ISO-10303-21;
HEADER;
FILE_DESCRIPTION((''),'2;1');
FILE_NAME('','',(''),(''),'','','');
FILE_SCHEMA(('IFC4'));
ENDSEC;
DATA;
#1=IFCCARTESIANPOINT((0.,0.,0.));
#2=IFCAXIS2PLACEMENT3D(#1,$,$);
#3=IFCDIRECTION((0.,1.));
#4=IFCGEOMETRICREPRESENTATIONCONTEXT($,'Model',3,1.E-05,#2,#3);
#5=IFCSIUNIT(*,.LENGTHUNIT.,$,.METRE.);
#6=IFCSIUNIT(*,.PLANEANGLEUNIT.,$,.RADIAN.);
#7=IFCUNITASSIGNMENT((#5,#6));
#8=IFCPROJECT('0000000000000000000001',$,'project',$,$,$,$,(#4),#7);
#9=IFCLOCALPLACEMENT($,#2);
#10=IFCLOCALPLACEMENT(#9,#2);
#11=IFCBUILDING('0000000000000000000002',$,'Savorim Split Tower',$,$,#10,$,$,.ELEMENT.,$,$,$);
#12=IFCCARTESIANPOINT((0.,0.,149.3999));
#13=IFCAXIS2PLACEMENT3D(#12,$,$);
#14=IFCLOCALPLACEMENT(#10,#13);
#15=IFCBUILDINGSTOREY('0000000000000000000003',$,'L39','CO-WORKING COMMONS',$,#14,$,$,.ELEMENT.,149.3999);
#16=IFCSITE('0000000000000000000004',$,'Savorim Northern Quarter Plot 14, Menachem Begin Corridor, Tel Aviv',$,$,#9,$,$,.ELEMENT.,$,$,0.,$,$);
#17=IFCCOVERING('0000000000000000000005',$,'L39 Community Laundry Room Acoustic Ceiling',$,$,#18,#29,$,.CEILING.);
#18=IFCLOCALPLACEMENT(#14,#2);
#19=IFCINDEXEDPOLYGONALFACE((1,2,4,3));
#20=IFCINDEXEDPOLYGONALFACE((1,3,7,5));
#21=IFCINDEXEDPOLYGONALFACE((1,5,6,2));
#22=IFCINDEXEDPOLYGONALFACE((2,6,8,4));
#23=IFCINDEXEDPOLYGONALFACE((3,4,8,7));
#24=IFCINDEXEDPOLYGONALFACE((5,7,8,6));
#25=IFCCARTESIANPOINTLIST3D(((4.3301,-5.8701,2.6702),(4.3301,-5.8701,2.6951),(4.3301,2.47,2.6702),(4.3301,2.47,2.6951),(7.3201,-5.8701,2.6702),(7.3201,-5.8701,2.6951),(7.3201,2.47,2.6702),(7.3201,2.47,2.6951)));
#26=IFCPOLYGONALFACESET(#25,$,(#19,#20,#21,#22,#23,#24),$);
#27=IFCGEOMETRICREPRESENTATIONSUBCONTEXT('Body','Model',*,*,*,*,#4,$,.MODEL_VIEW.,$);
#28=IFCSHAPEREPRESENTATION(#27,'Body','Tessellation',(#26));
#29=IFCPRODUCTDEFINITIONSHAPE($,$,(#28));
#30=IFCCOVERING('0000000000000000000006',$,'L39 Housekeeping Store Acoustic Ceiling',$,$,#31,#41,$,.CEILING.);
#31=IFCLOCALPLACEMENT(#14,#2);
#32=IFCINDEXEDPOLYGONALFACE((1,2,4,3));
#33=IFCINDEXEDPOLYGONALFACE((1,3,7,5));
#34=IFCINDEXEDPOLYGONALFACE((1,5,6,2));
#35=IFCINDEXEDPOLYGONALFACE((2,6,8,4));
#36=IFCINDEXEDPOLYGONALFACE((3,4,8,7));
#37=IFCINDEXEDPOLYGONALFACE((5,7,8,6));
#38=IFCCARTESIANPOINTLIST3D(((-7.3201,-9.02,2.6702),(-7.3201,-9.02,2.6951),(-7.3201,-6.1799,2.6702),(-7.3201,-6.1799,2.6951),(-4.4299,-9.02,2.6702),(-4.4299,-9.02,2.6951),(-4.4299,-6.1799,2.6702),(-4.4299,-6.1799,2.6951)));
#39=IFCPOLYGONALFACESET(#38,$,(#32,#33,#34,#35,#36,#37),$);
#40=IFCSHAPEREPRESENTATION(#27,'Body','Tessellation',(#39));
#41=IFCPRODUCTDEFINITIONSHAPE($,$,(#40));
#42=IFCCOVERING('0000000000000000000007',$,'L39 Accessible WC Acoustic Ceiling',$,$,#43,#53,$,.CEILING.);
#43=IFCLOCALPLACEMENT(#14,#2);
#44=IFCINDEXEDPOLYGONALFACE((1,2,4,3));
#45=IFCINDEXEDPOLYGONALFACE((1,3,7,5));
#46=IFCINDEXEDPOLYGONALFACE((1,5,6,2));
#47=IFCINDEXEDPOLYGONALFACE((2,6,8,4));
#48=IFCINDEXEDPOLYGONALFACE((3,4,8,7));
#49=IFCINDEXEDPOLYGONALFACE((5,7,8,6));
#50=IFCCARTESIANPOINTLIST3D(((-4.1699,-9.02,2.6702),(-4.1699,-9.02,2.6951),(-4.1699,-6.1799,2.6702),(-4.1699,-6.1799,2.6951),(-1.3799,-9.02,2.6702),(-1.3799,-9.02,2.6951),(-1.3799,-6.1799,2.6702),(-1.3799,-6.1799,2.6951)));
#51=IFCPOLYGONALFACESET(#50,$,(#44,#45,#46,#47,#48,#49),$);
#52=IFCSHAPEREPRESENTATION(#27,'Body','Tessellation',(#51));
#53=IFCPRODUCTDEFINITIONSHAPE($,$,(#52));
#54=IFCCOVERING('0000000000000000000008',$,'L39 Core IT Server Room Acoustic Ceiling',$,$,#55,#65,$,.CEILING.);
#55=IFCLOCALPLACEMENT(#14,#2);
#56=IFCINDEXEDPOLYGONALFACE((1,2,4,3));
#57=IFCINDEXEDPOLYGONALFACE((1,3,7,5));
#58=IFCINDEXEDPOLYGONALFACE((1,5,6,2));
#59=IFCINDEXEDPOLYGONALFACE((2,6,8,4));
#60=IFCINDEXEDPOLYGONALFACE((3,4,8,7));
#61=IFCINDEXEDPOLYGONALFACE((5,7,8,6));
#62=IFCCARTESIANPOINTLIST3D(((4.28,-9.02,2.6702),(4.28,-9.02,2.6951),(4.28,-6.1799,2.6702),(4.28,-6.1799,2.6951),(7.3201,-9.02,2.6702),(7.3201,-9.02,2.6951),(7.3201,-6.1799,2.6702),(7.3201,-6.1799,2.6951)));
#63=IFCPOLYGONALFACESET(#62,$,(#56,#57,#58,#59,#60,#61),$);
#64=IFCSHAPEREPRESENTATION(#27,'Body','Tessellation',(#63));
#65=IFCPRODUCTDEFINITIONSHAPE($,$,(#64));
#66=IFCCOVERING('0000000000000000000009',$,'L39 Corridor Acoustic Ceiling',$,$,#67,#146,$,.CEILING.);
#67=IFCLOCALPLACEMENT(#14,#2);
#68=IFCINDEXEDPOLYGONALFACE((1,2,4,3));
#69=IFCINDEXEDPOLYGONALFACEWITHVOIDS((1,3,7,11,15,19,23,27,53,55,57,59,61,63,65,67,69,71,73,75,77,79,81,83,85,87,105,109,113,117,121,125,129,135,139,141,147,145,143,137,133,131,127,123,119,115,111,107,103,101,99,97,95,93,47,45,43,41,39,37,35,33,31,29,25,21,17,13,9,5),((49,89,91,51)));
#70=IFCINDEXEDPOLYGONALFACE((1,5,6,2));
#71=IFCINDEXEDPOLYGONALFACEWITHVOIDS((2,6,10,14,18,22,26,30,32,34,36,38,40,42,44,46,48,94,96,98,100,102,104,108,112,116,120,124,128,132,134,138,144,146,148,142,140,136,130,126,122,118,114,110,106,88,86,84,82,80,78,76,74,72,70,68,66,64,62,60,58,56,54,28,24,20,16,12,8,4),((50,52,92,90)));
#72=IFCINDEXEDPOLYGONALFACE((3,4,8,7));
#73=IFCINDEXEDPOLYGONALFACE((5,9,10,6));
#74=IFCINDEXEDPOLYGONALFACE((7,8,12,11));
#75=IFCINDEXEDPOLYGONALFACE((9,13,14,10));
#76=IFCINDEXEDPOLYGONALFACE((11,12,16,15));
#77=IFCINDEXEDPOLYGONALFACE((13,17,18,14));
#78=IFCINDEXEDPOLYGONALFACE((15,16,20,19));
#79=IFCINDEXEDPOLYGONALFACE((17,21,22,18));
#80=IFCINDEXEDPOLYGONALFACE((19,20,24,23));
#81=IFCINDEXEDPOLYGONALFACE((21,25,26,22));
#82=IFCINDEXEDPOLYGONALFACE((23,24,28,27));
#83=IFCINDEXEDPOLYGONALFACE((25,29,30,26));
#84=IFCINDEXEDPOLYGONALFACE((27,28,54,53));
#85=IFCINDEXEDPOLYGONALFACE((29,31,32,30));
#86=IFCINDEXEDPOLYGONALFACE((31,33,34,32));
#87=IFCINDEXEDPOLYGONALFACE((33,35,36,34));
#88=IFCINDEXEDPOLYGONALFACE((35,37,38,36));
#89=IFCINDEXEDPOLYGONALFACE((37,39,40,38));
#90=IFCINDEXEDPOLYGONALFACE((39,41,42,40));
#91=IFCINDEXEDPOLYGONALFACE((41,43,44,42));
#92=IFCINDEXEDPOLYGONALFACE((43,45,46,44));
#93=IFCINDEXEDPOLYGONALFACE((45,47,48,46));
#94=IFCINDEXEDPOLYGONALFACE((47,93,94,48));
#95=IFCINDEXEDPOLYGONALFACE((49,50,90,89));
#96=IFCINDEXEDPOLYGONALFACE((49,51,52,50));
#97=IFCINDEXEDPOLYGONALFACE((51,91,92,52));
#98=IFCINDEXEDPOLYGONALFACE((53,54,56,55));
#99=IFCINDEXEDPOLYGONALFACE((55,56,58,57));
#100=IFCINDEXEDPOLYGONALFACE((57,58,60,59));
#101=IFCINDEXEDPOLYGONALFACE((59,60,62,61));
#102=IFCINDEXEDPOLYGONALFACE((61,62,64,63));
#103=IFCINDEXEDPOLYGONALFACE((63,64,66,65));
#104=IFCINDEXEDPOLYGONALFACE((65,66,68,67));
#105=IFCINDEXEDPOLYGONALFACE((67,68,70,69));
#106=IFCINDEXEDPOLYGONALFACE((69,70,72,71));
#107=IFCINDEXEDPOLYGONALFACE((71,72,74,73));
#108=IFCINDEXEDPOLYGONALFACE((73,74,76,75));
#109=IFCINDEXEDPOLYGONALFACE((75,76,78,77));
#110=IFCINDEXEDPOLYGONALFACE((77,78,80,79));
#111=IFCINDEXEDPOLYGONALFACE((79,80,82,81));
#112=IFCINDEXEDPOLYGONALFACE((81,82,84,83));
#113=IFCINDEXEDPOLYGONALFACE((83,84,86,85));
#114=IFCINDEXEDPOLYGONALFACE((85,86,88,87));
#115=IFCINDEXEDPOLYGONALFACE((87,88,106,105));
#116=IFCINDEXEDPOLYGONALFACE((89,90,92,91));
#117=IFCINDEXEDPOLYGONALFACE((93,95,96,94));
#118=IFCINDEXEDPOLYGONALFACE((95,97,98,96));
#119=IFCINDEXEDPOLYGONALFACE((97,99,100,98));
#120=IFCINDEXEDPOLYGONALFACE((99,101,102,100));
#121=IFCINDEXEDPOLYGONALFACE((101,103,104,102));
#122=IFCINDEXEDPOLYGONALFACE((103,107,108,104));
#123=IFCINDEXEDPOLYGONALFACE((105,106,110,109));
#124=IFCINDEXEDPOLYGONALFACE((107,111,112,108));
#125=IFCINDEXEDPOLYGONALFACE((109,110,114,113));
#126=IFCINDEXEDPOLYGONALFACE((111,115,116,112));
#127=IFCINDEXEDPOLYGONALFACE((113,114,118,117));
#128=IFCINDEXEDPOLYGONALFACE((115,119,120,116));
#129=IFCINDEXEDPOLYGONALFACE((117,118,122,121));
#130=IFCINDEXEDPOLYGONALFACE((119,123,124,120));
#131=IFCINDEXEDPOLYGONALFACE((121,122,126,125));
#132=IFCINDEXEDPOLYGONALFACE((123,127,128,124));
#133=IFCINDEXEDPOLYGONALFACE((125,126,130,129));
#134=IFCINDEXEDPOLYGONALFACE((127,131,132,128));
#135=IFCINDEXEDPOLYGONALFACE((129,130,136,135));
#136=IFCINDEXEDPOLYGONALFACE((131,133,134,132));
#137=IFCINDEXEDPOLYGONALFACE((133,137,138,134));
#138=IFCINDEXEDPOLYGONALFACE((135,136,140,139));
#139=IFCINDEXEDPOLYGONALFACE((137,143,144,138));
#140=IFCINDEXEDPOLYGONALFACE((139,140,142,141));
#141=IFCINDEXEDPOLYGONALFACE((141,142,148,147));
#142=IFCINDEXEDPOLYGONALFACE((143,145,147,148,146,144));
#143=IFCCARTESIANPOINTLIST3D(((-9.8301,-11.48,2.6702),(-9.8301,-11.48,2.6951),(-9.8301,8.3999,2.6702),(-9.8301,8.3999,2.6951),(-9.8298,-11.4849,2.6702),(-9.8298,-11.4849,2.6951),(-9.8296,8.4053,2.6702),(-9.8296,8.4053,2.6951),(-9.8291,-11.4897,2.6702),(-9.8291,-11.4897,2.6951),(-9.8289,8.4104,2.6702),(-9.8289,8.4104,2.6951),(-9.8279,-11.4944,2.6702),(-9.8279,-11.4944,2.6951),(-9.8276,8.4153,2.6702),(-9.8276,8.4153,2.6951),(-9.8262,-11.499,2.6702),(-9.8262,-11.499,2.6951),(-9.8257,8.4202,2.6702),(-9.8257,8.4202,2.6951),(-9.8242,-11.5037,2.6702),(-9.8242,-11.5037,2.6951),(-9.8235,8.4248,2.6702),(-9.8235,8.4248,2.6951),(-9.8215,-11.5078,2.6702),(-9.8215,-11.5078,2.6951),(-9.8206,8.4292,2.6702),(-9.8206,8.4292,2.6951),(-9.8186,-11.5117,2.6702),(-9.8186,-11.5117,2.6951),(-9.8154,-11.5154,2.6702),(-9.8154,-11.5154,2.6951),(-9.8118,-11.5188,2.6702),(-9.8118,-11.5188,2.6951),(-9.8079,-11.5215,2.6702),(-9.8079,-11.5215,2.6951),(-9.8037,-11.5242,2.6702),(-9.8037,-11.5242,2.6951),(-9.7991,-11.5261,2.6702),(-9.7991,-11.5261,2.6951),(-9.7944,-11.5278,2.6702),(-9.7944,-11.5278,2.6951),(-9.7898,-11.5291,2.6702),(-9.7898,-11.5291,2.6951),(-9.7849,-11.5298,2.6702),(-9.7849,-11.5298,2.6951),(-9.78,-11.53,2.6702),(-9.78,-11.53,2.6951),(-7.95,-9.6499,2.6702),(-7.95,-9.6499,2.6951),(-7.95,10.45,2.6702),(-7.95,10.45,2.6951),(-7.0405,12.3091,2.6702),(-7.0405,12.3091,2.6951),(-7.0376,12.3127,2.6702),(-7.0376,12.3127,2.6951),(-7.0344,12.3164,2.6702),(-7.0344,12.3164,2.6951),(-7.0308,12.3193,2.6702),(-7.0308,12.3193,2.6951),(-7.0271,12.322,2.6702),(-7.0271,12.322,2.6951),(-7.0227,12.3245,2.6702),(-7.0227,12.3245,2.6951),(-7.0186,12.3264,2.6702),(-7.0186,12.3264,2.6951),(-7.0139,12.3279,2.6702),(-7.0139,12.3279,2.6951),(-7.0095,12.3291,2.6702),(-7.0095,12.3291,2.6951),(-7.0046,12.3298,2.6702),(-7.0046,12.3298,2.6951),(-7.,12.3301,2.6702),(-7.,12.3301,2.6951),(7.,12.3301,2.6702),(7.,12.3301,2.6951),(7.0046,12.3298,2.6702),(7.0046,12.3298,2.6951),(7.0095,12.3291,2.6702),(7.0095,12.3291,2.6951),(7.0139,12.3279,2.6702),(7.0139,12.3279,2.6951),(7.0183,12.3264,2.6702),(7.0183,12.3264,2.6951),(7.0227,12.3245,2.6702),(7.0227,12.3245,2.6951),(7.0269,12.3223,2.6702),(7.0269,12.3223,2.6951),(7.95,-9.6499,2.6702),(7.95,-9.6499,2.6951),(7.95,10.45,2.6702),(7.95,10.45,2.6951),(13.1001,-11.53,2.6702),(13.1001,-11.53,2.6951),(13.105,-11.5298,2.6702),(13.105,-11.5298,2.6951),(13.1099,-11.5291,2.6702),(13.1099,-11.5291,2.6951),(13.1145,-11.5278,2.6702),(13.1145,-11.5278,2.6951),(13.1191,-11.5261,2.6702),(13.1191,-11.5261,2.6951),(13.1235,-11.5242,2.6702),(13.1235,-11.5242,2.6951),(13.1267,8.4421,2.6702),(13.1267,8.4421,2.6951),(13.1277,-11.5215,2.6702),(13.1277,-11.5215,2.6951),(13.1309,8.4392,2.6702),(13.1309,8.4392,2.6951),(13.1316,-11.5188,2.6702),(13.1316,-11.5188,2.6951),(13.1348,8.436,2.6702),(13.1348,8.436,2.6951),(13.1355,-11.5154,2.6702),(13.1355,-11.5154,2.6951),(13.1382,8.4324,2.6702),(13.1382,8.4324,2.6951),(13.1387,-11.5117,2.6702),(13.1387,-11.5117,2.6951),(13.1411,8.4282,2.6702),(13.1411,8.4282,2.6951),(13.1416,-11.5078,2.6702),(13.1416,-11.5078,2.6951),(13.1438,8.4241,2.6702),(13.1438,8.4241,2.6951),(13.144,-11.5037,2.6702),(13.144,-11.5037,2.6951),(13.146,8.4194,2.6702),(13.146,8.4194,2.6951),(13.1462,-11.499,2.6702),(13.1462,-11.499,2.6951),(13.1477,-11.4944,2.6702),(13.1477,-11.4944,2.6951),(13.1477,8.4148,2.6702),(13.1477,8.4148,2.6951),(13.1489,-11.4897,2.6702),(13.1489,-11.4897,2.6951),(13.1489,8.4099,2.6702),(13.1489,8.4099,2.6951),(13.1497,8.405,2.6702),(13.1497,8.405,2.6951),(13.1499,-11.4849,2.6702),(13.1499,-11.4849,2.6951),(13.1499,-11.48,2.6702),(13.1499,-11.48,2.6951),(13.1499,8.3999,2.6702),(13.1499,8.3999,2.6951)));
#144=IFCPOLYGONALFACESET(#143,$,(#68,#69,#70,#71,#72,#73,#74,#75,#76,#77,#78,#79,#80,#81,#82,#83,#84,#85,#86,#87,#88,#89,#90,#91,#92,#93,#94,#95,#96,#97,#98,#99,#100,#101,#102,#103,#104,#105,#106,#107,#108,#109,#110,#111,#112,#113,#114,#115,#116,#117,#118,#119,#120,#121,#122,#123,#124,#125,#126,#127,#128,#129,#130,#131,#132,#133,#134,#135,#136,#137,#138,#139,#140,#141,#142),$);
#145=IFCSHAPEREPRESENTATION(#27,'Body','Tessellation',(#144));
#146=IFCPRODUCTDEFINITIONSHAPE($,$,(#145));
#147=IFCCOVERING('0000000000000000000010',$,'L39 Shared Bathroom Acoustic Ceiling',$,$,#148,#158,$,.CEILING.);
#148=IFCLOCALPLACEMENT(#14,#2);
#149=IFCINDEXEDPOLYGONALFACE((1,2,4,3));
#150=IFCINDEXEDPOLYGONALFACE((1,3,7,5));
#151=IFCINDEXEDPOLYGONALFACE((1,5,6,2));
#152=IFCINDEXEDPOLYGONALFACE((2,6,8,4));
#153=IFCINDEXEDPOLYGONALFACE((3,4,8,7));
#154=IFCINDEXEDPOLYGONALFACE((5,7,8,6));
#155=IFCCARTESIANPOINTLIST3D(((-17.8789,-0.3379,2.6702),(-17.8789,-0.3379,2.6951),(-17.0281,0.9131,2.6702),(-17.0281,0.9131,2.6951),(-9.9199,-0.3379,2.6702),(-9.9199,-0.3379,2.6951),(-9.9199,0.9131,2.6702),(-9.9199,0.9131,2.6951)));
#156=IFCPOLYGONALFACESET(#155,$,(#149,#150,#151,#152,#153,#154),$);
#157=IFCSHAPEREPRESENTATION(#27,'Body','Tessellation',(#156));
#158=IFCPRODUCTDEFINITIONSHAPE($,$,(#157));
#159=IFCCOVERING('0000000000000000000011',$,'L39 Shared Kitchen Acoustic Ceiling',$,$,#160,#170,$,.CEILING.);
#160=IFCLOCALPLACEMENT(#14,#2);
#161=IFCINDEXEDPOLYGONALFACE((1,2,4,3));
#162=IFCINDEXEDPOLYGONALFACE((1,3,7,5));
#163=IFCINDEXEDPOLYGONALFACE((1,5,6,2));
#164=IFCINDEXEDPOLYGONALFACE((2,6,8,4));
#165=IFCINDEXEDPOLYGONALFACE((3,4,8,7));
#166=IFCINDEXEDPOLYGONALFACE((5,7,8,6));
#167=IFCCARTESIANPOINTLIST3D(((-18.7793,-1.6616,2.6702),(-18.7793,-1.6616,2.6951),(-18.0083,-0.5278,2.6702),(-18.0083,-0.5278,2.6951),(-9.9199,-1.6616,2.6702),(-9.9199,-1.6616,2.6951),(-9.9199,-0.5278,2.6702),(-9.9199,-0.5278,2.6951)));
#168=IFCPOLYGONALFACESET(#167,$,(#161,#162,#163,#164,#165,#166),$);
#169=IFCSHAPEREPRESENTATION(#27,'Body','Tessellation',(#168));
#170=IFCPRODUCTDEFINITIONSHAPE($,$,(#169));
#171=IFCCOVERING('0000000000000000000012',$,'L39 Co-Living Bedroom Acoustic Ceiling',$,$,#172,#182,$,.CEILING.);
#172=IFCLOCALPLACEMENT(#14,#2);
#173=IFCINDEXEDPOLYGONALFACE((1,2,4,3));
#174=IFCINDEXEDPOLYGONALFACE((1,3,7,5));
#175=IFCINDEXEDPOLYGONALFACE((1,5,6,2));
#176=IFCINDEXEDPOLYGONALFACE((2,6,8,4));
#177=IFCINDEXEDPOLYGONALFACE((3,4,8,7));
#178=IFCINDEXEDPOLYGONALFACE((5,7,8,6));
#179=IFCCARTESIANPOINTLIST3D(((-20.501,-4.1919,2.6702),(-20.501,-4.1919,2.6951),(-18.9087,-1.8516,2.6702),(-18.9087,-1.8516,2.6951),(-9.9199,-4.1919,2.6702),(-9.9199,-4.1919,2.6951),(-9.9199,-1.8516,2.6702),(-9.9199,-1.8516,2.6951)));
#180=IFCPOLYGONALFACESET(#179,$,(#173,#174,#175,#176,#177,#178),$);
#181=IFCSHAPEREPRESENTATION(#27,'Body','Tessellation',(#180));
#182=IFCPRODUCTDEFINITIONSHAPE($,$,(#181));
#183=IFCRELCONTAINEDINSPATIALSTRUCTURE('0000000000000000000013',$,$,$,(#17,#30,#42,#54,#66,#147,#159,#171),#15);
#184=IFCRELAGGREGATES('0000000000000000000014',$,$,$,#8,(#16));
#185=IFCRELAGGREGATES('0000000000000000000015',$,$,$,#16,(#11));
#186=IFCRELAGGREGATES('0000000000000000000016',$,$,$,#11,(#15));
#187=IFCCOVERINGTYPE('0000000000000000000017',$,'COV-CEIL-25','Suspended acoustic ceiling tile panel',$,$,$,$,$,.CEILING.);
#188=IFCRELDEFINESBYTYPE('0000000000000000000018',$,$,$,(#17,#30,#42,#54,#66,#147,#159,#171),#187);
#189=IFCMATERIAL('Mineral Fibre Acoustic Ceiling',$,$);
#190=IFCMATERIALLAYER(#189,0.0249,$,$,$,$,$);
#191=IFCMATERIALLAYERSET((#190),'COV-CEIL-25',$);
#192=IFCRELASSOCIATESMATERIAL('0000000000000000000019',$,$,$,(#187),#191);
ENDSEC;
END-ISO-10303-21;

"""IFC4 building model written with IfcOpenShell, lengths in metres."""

from ifc_helpers import new_model, si_unit, direction, frame, origin, place, context, subcontext, project, spatial, polyline, outline, extrude, material, layer, layer_set, type_object, element, save


model = new_model("IFC4")

# Units and contexts
model_context = context("Model", 3, precision=1e-05, world=origin(), true_north=direction((0.0, 1.0)))
body_context = subcontext(model_context, "Body", "Model", "MODEL_VIEW")
ifc_project = project(units=[si_unit("LENGTHUNIT", "METRE"), si_unit("PLANEANGLEUNIT", "RADIAN")], contexts=[model_context])

# Site, building, storey
site_placement = place(None, origin())
site = spatial("IfcSite", under=ifc_project, at=site_placement, Name="Savorim Northern Quarter Plot 14, Menachem Begin Corridor, Tel Aviv", CompositionType="ELEMENT", RefElevation=0.0)
building_placement = place(site_placement, origin())
building = spatial("IfcBuilding", under=site, at=building_placement, Name="Savorim Split Tower", CompositionType="ELEMENT")
storey_placement = place(building_placement, frame((0.0, 0.0, 149.3999)))
storey = spatial("IfcBuildingStorey", under=building, at=storey_placement, Name="L39", Description="CO-WORKING COMMONS", CompositionType="ELEMENT", Elevation=149.3999)

# Coverings
ifc_material_1 = material(Name="Mineral Fibre Acoustic Ceiling")
ifc_layer_1 = layer(ifc_material_1, 0.0249)
ifc_layer_set_1 = layer_set([ifc_layer_1], Name="COV-CEIL-25")
covering_type_1 = type_object("IfcCoveringType", Name="COV-CEIL-25", Description="Suspended acoustic ceiling tile panel", PredefinedType="CEILING", material=ifc_layer_set_1)
covering_1_placement = place(storey_placement, frame((0.0, 0.0, 2.6702)))
element("IfcCovering", 1, at=covering_1_placement, inside=storey, type_object=covering_type_1, Name="L39 Community Laundry Room Acoustic Ceiling", PredefinedType="CEILING", context=body_context, shape_type="SweptSolid", body=[
    extrude(outline(polyline([(4.3301, 2.47), (4.3301, -5.8701), (7.3201, -5.8701), (7.3201, 2.47), (4.3301, 2.47)])), origin(), (0.0, 0.0, 1.0), 0.0249),
])
covering_2_placement = place(storey_placement, frame((0.0, 0.0, 2.6702)))
element("IfcCovering", 2, at=covering_2_placement, inside=storey, type_object=covering_type_1, Name="L39 Housekeeping Store Acoustic Ceiling", PredefinedType="CEILING", context=body_context, shape_type="SweptSolid", body=[
    extrude(outline(polyline([(-7.3201, -6.1799), (-7.3201, -9.02), (-4.4299, -9.02), (-4.4299, -6.1799), (-7.3201, -6.1799)])), origin(), (0.0, 0.0, 1.0), 0.0249),
])
covering_3_placement = place(storey_placement, frame((0.0, 0.0, 2.6702)))
element("IfcCovering", 3, at=covering_3_placement, inside=storey, type_object=covering_type_1, Name="L39 Accessible WC Acoustic Ceiling", PredefinedType="CEILING", context=body_context, shape_type="SweptSolid", body=[
    extrude(outline(polyline([(-4.1699, -6.1799), (-4.1699, -9.02), (-1.3799, -9.02), (-1.3799, -6.1799), (-4.1699, -6.1799)])), origin(), (0.0, 0.0, 1.0), 0.0249),
])
covering_4_placement = place(storey_placement, frame((0.0, 0.0, 2.6702)))
element("IfcCovering", 4, at=covering_4_placement, inside=storey, type_object=covering_type_1, Name="L39 Core IT Server Room Acoustic Ceiling", PredefinedType="CEILING", context=body_context, shape_type="SweptSolid", body=[
    extrude(outline(polyline([(4.28, -6.1799), (4.28, -9.02), (7.3201, -9.02), (7.3201, -6.1799), (4.28, -6.1799)])), origin(), (0.0, 0.0, 1.0), 0.0249),
])
covering_5_placement = place(storey_placement, frame((0.0, 0.0, 2.6702)))
element("IfcCovering", 5, at=covering_5_placement, inside=storey, type_object=covering_type_1, Name="L39 Corridor Acoustic Ceiling", PredefinedType="CEILING", context=body_context, shape_type="SweptSolid", body=[
    extrude(outline(polyline([(7.0095, 12.3291), (7.0046, 12.3298), (7.0, 12.3301), (-7.0, 12.3301), (-7.0046, 12.3298), (-7.0095, 12.3291), (-7.0139, 12.3279), (-7.0186, 12.3264), (-7.0227, 12.3245), (-7.0271, 12.322), (-7.0308, 12.3193), (-7.0344, 12.3164), (-7.0376, 12.3127), (-7.0405, 12.3091), (-9.8206, 8.4292), (-9.8235, 8.4248), (-9.8257, 8.4202), (-9.8276, 8.4153), (-9.8289, 8.4104), (-9.8296, 8.4053), (-9.8301, 8.3999), (-9.8301, -11.48), (-9.8298, -11.4849), (-9.8291, -11.4897), (-9.8279, -11.4944), (-9.8262, -11.499), (-9.8242, -11.5037), (-9.8215, -11.5078), (-9.8186, -11.5117), (-9.8154, -11.5154), (-9.8118, -11.5188), (-9.8079, -11.5215), (-9.8037, -11.5242), (-9.7991, -11.5261), (-9.7944, -11.5278), (-9.7898, -11.5291), (-9.7849, -11.5298), (-9.78, -11.53), (13.1001, -11.53), (13.105, -11.5298), (13.1099, -11.5291), (13.1145, -11.5278), (13.1191, -11.5261), (13.1235, -11.5242), (13.1277, -11.5215), (13.1316, -11.5188), (13.1355, -11.5154), (13.1387, -11.5117), (13.1416, -11.5078), (13.144, -11.5037), (13.1462, -11.499), (13.1477, -11.4944), (13.1489, -11.4897), (13.1499, -11.4849), (13.1499, -11.48), (13.1499, 8.3999), (13.1497, 8.405), (13.1489, 8.4099), (13.1477, 8.4148), (13.146, 8.4194), (13.1438, 8.4241), (13.1411, 8.4282), (13.1382, 8.4324), (13.1348, 8.436), (13.1309, 8.4392), (13.1267, 8.4421), (7.0269, 12.3223), (7.0227, 12.3245), (7.0183, 12.3264), (7.0139, 12.3279), (7.0095, 12.3291)]), holes=[polyline([(-7.95, 10.45), (-7.95, -9.6499), (7.95, -9.6499), (7.95, 10.45), (-7.95, 10.45)])]), origin(), (0.0, 0.0, 1.0), 0.0249),
])
covering_6_placement = place(storey_placement, frame((0.0, 0.0, 2.6702)))
element("IfcCovering", 6, at=covering_6_placement, inside=storey, type_object=covering_type_1, Name="L39 Shared Bathroom Acoustic Ceiling", PredefinedType="CEILING", context=body_context, shape_type="SweptSolid", body=[
    extrude(outline(polyline([(-17.0281, 0.9131), (-17.8789, -0.3379), (-9.9199, -0.3379), (-9.9199, 0.9131), (-17.0281, 0.9131)])), origin(), (0.0, 0.0, 1.0), 0.0249),
])
covering_7_placement = place(storey_placement, frame((0.0, 0.0, 2.6702)))
element("IfcCovering", 7, at=covering_7_placement, inside=storey, type_object=covering_type_1, Name="L39 Shared Kitchen Acoustic Ceiling", PredefinedType="CEILING", context=body_context, shape_type="SweptSolid", body=[
    extrude(outline(polyline([(-18.0083, -0.5278), (-18.7793, -1.6616), (-9.9199, -1.6616), (-9.9199, -0.5278), (-18.0083, -0.5278)])), origin(), (0.0, 0.0, 1.0), 0.0249),
])
covering_8_placement = place(storey_placement, frame((0.0, 0.0, 2.6702)))
element("IfcCovering", 8, at=covering_8_placement, inside=storey, type_object=covering_type_1, Name="L39 Co-Living Bedroom Acoustic Ceiling", PredefinedType="CEILING", context=body_context, shape_type="SweptSolid", body=[
    extrude(outline(polyline([(-18.9087, -1.8516), (-20.501, -4.1919), (-9.9199, -4.1919), (-9.9199, -1.8516), (-18.9087, -1.8516)])), origin(), (0.0, 0.0, 1.0), 0.0249),
])

save(model, "model.ifc")
